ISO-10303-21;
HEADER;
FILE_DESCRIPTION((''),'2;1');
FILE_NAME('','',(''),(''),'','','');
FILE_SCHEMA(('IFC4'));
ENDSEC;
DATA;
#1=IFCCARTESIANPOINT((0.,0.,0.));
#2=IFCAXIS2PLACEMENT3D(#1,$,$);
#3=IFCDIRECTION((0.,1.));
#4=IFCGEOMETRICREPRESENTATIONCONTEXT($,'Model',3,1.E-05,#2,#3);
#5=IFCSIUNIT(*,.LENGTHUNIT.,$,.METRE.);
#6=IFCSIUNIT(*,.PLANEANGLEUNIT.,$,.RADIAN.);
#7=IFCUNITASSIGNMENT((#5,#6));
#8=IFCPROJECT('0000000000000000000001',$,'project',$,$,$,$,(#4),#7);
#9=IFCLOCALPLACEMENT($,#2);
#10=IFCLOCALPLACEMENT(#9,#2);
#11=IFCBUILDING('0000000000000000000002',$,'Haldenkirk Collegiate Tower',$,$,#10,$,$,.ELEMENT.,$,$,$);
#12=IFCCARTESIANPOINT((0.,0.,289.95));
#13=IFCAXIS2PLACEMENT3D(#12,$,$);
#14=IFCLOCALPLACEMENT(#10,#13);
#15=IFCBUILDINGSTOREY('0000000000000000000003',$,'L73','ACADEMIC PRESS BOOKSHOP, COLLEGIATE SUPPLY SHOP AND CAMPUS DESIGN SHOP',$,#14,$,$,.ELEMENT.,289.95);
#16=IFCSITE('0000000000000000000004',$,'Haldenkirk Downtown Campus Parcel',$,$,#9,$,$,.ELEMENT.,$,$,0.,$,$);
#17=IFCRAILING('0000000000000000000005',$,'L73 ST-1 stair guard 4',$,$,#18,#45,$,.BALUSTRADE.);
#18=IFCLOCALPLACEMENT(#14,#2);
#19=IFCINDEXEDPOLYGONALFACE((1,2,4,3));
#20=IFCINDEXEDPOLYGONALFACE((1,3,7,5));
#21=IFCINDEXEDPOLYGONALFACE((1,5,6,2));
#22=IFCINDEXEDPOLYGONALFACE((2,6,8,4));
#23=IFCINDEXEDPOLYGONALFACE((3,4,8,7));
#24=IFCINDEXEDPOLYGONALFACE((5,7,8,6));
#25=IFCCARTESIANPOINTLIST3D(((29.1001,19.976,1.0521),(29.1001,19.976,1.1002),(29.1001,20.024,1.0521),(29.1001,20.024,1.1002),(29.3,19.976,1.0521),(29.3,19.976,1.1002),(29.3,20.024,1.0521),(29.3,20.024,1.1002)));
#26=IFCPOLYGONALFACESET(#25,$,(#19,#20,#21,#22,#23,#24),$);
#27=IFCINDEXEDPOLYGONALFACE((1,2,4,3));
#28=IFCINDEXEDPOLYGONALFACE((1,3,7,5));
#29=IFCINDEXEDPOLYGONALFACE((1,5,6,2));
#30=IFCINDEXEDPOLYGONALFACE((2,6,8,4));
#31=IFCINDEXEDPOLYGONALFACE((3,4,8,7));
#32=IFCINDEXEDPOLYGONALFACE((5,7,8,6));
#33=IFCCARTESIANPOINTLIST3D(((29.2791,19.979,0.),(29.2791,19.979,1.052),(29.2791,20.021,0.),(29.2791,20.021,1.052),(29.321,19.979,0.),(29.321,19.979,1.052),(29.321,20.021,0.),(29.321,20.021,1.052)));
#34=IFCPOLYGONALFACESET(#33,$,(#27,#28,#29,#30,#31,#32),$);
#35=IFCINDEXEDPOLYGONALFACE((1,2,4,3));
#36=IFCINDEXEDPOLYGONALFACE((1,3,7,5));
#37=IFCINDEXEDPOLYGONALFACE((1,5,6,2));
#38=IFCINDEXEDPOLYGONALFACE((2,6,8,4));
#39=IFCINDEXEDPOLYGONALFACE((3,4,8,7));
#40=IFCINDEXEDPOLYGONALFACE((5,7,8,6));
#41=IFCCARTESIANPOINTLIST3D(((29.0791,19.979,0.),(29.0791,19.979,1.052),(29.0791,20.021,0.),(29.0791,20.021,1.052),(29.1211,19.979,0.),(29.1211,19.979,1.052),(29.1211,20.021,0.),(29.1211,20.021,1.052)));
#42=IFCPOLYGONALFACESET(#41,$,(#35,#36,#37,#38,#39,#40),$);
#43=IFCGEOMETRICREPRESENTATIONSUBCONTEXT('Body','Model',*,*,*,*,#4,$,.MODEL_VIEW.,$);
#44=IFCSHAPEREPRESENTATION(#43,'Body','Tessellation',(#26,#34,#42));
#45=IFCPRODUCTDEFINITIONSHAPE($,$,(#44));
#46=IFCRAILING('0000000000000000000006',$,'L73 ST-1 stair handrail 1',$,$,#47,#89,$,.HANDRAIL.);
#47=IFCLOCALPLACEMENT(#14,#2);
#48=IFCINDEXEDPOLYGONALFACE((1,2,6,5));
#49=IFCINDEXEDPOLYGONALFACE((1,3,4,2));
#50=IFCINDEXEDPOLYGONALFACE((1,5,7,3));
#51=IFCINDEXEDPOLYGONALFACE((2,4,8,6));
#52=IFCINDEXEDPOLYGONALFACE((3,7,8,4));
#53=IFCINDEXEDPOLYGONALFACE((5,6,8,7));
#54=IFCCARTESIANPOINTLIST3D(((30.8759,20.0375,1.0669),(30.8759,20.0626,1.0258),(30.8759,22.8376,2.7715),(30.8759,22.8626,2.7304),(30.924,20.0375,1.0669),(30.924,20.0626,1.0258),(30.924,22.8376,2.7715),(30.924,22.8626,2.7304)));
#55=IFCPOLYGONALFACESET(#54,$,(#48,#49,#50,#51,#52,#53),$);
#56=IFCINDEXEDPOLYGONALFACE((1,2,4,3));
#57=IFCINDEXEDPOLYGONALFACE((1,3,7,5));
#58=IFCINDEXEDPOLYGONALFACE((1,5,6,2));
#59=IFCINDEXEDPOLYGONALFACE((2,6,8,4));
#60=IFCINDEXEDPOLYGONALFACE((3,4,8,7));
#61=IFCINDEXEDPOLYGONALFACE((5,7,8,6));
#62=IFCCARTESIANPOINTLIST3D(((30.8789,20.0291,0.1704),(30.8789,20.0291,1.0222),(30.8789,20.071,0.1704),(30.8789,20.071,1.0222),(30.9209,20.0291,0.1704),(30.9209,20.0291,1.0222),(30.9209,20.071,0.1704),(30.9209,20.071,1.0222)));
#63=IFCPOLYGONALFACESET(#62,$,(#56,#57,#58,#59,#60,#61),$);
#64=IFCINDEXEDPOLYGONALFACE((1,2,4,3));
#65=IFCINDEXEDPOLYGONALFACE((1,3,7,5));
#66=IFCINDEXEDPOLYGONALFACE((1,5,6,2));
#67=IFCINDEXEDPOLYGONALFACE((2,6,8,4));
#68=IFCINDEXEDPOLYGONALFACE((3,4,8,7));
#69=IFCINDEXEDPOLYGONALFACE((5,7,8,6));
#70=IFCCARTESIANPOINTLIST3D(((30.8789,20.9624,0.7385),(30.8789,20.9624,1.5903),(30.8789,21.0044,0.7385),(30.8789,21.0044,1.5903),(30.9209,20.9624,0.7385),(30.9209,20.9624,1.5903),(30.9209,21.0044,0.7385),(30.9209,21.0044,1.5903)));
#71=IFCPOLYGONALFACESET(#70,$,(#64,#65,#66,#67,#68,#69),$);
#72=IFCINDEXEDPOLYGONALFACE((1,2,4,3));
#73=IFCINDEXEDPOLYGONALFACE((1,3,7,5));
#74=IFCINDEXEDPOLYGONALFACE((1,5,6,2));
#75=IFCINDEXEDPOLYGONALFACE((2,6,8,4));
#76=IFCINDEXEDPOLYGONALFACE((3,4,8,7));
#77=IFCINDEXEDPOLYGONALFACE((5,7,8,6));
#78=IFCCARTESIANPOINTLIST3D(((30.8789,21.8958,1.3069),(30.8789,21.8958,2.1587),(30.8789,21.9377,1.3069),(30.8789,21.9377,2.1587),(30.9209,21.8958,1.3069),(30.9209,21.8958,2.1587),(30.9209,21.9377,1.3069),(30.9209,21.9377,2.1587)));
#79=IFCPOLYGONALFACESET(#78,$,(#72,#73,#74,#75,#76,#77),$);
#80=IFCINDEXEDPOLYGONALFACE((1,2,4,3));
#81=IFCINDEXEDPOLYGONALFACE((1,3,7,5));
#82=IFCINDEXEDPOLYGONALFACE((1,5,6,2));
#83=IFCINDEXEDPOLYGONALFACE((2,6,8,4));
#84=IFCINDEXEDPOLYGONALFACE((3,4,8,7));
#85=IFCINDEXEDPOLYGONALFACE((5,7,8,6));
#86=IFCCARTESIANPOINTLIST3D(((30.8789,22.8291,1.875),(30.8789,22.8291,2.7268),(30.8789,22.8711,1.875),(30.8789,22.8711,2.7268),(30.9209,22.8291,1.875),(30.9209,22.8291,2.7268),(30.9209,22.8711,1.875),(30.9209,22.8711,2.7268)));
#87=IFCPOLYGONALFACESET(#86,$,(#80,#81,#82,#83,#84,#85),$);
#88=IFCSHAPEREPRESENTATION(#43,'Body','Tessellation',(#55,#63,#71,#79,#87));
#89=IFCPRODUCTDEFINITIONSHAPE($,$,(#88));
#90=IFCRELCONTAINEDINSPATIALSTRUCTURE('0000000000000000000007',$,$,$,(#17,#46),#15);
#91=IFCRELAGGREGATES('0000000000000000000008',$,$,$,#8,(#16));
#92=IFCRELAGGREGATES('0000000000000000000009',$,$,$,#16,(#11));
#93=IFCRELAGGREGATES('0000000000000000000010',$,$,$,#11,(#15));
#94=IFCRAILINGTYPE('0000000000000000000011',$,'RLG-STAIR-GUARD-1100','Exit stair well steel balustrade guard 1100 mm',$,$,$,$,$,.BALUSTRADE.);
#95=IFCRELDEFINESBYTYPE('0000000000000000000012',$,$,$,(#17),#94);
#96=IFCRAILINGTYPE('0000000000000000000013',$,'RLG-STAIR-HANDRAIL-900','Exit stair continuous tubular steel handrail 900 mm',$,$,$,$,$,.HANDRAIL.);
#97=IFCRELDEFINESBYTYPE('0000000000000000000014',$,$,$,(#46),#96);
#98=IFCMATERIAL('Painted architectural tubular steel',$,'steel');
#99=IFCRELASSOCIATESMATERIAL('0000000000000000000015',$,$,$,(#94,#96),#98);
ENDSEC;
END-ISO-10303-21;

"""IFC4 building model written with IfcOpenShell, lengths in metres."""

from ifc_helpers import new_model, si_unit, direction, frame, origin, origin_2d, place, context, subcontext, project, spatial, rectangle, extrude, material, type_object, element, save


model = new_model("IFC4")

# Units and contexts
model_context = context("Model", 3, precision=1e-05, world=origin(), true_north=direction((0.0, 1.0)))
body_context = subcontext(model_context, "Body", "Model", "MODEL_VIEW")
ifc_project = project(units=[si_unit("LENGTHUNIT", "METRE"), si_unit("PLANEANGLEUNIT", "RADIAN")], contexts=[model_context])

# Site, building, storey
site_placement = place(None, origin())
site = spatial("IfcSite", under=ifc_project, at=site_placement, Name="Haldenkirk Downtown Campus Parcel", CompositionType="ELEMENT", RefElevation=0.0)
building_placement = place(site_placement, origin())
building = spatial("IfcBuilding", under=site, at=building_placement, Name="Haldenkirk Collegiate Tower", CompositionType="ELEMENT")
storey_placement = place(building_placement, frame((0.0, 0.0, 289.95)))
storey = spatial("IfcBuildingStorey", under=building, at=storey_placement, Name="L73", Description="ACADEMIC PRESS BOOKSHOP, COLLEGIATE SUPPLY SHOP AND CAMPUS DESIGN SHOP", CompositionType="ELEMENT", Elevation=289.95)

# Railings
ifc_material_1 = material(Name="Painted architectural tubular steel", Category="steel")
railing_type_1 = type_object("IfcRailingType", Name="RLG-STAIR-GUARD-1100", Description="Exit stair well steel balustrade guard 1100 mm", PredefinedType="BALUSTRADE", material=ifc_material_1)
railing_1_placement = place(storey_placement, frame((29.3, 20.0, 0.0)))
element("IfcRailing", 1, at=railing_1_placement, inside=storey, type_object=railing_type_1, Name="L73 ST-1 stair guard 4", PredefinedType="BALUSTRADE", context=body_context, shape_type="SweptSolid", body=[
    extrude(rectangle(XDim=0.0481, YDim=0.0481, at=origin_2d()), frame((0.0, 0.0, 1.0762), z_axis=(-1.0, 0.0, 0.0), x_axis=(0.0, -1.0, 0.0)), (0.0, 0.0, 1.0), 0.2),
    extrude(rectangle(XDim=0.042, YDim=0.042, at=origin_2d()), origin(), (0.0, 0.0, 1.0), 1.052),
    extrude(rectangle(XDim=0.042, YDim=0.042, at=origin_2d()), frame((-0.2, 0.0, 0.0)), (0.0, 0.0, 1.0), 1.052),
])
railing_type_2 = type_object("IfcRailingType", Name="RLG-STAIR-HANDRAIL-900", Description="Exit stair continuous tubular steel handrail 900 mm", PredefinedType="HANDRAIL", material=ifc_material_1)
railing_2_placement = place(storey_placement, frame((30.8999, 20.05, 0.1704)))
element("IfcRailing", 2, at=railing_2_placement, inside=storey, type_object=railing_type_2, Name="L73 ST-1 stair handrail 1", PredefinedType="HANDRAIL", context=body_context, shape_type="SweptSolid", body=[
    extrude(rectangle(XDim=0.0481, YDim=0.0481, at=origin_2d()), frame((0.0, 0.0, 0.876), z_axis=(0.0, 0.85417, 0.519994), x_axis=(-1.0, 0.0, 0.0)), (0.0, 0.0, 1.0), 3.2781),
    extrude(rectangle(XDim=0.042, YDim=0.042, at=origin_2d()), origin(), (0.0, 0.0, 1.0), 0.8518),
    extrude(rectangle(XDim=0.042, YDim=0.042, at=origin_2d()), frame((0.0, 0.9333, 0.5681)), (0.0, 0.0, 1.0), 0.8518),
    extrude(rectangle(XDim=0.042, YDim=0.042, at=origin_2d()), frame((0.0, 1.8667, 1.1365)), (0.0, 0.0, 1.0), 0.8518),
    extrude(rectangle(XDim=0.042, YDim=0.042, at=origin_2d()), frame((0.0, 2.8, 1.7046)), (0.0, 0.0, 1.0), 0.8518),
])

save(model, "model.ifc")
